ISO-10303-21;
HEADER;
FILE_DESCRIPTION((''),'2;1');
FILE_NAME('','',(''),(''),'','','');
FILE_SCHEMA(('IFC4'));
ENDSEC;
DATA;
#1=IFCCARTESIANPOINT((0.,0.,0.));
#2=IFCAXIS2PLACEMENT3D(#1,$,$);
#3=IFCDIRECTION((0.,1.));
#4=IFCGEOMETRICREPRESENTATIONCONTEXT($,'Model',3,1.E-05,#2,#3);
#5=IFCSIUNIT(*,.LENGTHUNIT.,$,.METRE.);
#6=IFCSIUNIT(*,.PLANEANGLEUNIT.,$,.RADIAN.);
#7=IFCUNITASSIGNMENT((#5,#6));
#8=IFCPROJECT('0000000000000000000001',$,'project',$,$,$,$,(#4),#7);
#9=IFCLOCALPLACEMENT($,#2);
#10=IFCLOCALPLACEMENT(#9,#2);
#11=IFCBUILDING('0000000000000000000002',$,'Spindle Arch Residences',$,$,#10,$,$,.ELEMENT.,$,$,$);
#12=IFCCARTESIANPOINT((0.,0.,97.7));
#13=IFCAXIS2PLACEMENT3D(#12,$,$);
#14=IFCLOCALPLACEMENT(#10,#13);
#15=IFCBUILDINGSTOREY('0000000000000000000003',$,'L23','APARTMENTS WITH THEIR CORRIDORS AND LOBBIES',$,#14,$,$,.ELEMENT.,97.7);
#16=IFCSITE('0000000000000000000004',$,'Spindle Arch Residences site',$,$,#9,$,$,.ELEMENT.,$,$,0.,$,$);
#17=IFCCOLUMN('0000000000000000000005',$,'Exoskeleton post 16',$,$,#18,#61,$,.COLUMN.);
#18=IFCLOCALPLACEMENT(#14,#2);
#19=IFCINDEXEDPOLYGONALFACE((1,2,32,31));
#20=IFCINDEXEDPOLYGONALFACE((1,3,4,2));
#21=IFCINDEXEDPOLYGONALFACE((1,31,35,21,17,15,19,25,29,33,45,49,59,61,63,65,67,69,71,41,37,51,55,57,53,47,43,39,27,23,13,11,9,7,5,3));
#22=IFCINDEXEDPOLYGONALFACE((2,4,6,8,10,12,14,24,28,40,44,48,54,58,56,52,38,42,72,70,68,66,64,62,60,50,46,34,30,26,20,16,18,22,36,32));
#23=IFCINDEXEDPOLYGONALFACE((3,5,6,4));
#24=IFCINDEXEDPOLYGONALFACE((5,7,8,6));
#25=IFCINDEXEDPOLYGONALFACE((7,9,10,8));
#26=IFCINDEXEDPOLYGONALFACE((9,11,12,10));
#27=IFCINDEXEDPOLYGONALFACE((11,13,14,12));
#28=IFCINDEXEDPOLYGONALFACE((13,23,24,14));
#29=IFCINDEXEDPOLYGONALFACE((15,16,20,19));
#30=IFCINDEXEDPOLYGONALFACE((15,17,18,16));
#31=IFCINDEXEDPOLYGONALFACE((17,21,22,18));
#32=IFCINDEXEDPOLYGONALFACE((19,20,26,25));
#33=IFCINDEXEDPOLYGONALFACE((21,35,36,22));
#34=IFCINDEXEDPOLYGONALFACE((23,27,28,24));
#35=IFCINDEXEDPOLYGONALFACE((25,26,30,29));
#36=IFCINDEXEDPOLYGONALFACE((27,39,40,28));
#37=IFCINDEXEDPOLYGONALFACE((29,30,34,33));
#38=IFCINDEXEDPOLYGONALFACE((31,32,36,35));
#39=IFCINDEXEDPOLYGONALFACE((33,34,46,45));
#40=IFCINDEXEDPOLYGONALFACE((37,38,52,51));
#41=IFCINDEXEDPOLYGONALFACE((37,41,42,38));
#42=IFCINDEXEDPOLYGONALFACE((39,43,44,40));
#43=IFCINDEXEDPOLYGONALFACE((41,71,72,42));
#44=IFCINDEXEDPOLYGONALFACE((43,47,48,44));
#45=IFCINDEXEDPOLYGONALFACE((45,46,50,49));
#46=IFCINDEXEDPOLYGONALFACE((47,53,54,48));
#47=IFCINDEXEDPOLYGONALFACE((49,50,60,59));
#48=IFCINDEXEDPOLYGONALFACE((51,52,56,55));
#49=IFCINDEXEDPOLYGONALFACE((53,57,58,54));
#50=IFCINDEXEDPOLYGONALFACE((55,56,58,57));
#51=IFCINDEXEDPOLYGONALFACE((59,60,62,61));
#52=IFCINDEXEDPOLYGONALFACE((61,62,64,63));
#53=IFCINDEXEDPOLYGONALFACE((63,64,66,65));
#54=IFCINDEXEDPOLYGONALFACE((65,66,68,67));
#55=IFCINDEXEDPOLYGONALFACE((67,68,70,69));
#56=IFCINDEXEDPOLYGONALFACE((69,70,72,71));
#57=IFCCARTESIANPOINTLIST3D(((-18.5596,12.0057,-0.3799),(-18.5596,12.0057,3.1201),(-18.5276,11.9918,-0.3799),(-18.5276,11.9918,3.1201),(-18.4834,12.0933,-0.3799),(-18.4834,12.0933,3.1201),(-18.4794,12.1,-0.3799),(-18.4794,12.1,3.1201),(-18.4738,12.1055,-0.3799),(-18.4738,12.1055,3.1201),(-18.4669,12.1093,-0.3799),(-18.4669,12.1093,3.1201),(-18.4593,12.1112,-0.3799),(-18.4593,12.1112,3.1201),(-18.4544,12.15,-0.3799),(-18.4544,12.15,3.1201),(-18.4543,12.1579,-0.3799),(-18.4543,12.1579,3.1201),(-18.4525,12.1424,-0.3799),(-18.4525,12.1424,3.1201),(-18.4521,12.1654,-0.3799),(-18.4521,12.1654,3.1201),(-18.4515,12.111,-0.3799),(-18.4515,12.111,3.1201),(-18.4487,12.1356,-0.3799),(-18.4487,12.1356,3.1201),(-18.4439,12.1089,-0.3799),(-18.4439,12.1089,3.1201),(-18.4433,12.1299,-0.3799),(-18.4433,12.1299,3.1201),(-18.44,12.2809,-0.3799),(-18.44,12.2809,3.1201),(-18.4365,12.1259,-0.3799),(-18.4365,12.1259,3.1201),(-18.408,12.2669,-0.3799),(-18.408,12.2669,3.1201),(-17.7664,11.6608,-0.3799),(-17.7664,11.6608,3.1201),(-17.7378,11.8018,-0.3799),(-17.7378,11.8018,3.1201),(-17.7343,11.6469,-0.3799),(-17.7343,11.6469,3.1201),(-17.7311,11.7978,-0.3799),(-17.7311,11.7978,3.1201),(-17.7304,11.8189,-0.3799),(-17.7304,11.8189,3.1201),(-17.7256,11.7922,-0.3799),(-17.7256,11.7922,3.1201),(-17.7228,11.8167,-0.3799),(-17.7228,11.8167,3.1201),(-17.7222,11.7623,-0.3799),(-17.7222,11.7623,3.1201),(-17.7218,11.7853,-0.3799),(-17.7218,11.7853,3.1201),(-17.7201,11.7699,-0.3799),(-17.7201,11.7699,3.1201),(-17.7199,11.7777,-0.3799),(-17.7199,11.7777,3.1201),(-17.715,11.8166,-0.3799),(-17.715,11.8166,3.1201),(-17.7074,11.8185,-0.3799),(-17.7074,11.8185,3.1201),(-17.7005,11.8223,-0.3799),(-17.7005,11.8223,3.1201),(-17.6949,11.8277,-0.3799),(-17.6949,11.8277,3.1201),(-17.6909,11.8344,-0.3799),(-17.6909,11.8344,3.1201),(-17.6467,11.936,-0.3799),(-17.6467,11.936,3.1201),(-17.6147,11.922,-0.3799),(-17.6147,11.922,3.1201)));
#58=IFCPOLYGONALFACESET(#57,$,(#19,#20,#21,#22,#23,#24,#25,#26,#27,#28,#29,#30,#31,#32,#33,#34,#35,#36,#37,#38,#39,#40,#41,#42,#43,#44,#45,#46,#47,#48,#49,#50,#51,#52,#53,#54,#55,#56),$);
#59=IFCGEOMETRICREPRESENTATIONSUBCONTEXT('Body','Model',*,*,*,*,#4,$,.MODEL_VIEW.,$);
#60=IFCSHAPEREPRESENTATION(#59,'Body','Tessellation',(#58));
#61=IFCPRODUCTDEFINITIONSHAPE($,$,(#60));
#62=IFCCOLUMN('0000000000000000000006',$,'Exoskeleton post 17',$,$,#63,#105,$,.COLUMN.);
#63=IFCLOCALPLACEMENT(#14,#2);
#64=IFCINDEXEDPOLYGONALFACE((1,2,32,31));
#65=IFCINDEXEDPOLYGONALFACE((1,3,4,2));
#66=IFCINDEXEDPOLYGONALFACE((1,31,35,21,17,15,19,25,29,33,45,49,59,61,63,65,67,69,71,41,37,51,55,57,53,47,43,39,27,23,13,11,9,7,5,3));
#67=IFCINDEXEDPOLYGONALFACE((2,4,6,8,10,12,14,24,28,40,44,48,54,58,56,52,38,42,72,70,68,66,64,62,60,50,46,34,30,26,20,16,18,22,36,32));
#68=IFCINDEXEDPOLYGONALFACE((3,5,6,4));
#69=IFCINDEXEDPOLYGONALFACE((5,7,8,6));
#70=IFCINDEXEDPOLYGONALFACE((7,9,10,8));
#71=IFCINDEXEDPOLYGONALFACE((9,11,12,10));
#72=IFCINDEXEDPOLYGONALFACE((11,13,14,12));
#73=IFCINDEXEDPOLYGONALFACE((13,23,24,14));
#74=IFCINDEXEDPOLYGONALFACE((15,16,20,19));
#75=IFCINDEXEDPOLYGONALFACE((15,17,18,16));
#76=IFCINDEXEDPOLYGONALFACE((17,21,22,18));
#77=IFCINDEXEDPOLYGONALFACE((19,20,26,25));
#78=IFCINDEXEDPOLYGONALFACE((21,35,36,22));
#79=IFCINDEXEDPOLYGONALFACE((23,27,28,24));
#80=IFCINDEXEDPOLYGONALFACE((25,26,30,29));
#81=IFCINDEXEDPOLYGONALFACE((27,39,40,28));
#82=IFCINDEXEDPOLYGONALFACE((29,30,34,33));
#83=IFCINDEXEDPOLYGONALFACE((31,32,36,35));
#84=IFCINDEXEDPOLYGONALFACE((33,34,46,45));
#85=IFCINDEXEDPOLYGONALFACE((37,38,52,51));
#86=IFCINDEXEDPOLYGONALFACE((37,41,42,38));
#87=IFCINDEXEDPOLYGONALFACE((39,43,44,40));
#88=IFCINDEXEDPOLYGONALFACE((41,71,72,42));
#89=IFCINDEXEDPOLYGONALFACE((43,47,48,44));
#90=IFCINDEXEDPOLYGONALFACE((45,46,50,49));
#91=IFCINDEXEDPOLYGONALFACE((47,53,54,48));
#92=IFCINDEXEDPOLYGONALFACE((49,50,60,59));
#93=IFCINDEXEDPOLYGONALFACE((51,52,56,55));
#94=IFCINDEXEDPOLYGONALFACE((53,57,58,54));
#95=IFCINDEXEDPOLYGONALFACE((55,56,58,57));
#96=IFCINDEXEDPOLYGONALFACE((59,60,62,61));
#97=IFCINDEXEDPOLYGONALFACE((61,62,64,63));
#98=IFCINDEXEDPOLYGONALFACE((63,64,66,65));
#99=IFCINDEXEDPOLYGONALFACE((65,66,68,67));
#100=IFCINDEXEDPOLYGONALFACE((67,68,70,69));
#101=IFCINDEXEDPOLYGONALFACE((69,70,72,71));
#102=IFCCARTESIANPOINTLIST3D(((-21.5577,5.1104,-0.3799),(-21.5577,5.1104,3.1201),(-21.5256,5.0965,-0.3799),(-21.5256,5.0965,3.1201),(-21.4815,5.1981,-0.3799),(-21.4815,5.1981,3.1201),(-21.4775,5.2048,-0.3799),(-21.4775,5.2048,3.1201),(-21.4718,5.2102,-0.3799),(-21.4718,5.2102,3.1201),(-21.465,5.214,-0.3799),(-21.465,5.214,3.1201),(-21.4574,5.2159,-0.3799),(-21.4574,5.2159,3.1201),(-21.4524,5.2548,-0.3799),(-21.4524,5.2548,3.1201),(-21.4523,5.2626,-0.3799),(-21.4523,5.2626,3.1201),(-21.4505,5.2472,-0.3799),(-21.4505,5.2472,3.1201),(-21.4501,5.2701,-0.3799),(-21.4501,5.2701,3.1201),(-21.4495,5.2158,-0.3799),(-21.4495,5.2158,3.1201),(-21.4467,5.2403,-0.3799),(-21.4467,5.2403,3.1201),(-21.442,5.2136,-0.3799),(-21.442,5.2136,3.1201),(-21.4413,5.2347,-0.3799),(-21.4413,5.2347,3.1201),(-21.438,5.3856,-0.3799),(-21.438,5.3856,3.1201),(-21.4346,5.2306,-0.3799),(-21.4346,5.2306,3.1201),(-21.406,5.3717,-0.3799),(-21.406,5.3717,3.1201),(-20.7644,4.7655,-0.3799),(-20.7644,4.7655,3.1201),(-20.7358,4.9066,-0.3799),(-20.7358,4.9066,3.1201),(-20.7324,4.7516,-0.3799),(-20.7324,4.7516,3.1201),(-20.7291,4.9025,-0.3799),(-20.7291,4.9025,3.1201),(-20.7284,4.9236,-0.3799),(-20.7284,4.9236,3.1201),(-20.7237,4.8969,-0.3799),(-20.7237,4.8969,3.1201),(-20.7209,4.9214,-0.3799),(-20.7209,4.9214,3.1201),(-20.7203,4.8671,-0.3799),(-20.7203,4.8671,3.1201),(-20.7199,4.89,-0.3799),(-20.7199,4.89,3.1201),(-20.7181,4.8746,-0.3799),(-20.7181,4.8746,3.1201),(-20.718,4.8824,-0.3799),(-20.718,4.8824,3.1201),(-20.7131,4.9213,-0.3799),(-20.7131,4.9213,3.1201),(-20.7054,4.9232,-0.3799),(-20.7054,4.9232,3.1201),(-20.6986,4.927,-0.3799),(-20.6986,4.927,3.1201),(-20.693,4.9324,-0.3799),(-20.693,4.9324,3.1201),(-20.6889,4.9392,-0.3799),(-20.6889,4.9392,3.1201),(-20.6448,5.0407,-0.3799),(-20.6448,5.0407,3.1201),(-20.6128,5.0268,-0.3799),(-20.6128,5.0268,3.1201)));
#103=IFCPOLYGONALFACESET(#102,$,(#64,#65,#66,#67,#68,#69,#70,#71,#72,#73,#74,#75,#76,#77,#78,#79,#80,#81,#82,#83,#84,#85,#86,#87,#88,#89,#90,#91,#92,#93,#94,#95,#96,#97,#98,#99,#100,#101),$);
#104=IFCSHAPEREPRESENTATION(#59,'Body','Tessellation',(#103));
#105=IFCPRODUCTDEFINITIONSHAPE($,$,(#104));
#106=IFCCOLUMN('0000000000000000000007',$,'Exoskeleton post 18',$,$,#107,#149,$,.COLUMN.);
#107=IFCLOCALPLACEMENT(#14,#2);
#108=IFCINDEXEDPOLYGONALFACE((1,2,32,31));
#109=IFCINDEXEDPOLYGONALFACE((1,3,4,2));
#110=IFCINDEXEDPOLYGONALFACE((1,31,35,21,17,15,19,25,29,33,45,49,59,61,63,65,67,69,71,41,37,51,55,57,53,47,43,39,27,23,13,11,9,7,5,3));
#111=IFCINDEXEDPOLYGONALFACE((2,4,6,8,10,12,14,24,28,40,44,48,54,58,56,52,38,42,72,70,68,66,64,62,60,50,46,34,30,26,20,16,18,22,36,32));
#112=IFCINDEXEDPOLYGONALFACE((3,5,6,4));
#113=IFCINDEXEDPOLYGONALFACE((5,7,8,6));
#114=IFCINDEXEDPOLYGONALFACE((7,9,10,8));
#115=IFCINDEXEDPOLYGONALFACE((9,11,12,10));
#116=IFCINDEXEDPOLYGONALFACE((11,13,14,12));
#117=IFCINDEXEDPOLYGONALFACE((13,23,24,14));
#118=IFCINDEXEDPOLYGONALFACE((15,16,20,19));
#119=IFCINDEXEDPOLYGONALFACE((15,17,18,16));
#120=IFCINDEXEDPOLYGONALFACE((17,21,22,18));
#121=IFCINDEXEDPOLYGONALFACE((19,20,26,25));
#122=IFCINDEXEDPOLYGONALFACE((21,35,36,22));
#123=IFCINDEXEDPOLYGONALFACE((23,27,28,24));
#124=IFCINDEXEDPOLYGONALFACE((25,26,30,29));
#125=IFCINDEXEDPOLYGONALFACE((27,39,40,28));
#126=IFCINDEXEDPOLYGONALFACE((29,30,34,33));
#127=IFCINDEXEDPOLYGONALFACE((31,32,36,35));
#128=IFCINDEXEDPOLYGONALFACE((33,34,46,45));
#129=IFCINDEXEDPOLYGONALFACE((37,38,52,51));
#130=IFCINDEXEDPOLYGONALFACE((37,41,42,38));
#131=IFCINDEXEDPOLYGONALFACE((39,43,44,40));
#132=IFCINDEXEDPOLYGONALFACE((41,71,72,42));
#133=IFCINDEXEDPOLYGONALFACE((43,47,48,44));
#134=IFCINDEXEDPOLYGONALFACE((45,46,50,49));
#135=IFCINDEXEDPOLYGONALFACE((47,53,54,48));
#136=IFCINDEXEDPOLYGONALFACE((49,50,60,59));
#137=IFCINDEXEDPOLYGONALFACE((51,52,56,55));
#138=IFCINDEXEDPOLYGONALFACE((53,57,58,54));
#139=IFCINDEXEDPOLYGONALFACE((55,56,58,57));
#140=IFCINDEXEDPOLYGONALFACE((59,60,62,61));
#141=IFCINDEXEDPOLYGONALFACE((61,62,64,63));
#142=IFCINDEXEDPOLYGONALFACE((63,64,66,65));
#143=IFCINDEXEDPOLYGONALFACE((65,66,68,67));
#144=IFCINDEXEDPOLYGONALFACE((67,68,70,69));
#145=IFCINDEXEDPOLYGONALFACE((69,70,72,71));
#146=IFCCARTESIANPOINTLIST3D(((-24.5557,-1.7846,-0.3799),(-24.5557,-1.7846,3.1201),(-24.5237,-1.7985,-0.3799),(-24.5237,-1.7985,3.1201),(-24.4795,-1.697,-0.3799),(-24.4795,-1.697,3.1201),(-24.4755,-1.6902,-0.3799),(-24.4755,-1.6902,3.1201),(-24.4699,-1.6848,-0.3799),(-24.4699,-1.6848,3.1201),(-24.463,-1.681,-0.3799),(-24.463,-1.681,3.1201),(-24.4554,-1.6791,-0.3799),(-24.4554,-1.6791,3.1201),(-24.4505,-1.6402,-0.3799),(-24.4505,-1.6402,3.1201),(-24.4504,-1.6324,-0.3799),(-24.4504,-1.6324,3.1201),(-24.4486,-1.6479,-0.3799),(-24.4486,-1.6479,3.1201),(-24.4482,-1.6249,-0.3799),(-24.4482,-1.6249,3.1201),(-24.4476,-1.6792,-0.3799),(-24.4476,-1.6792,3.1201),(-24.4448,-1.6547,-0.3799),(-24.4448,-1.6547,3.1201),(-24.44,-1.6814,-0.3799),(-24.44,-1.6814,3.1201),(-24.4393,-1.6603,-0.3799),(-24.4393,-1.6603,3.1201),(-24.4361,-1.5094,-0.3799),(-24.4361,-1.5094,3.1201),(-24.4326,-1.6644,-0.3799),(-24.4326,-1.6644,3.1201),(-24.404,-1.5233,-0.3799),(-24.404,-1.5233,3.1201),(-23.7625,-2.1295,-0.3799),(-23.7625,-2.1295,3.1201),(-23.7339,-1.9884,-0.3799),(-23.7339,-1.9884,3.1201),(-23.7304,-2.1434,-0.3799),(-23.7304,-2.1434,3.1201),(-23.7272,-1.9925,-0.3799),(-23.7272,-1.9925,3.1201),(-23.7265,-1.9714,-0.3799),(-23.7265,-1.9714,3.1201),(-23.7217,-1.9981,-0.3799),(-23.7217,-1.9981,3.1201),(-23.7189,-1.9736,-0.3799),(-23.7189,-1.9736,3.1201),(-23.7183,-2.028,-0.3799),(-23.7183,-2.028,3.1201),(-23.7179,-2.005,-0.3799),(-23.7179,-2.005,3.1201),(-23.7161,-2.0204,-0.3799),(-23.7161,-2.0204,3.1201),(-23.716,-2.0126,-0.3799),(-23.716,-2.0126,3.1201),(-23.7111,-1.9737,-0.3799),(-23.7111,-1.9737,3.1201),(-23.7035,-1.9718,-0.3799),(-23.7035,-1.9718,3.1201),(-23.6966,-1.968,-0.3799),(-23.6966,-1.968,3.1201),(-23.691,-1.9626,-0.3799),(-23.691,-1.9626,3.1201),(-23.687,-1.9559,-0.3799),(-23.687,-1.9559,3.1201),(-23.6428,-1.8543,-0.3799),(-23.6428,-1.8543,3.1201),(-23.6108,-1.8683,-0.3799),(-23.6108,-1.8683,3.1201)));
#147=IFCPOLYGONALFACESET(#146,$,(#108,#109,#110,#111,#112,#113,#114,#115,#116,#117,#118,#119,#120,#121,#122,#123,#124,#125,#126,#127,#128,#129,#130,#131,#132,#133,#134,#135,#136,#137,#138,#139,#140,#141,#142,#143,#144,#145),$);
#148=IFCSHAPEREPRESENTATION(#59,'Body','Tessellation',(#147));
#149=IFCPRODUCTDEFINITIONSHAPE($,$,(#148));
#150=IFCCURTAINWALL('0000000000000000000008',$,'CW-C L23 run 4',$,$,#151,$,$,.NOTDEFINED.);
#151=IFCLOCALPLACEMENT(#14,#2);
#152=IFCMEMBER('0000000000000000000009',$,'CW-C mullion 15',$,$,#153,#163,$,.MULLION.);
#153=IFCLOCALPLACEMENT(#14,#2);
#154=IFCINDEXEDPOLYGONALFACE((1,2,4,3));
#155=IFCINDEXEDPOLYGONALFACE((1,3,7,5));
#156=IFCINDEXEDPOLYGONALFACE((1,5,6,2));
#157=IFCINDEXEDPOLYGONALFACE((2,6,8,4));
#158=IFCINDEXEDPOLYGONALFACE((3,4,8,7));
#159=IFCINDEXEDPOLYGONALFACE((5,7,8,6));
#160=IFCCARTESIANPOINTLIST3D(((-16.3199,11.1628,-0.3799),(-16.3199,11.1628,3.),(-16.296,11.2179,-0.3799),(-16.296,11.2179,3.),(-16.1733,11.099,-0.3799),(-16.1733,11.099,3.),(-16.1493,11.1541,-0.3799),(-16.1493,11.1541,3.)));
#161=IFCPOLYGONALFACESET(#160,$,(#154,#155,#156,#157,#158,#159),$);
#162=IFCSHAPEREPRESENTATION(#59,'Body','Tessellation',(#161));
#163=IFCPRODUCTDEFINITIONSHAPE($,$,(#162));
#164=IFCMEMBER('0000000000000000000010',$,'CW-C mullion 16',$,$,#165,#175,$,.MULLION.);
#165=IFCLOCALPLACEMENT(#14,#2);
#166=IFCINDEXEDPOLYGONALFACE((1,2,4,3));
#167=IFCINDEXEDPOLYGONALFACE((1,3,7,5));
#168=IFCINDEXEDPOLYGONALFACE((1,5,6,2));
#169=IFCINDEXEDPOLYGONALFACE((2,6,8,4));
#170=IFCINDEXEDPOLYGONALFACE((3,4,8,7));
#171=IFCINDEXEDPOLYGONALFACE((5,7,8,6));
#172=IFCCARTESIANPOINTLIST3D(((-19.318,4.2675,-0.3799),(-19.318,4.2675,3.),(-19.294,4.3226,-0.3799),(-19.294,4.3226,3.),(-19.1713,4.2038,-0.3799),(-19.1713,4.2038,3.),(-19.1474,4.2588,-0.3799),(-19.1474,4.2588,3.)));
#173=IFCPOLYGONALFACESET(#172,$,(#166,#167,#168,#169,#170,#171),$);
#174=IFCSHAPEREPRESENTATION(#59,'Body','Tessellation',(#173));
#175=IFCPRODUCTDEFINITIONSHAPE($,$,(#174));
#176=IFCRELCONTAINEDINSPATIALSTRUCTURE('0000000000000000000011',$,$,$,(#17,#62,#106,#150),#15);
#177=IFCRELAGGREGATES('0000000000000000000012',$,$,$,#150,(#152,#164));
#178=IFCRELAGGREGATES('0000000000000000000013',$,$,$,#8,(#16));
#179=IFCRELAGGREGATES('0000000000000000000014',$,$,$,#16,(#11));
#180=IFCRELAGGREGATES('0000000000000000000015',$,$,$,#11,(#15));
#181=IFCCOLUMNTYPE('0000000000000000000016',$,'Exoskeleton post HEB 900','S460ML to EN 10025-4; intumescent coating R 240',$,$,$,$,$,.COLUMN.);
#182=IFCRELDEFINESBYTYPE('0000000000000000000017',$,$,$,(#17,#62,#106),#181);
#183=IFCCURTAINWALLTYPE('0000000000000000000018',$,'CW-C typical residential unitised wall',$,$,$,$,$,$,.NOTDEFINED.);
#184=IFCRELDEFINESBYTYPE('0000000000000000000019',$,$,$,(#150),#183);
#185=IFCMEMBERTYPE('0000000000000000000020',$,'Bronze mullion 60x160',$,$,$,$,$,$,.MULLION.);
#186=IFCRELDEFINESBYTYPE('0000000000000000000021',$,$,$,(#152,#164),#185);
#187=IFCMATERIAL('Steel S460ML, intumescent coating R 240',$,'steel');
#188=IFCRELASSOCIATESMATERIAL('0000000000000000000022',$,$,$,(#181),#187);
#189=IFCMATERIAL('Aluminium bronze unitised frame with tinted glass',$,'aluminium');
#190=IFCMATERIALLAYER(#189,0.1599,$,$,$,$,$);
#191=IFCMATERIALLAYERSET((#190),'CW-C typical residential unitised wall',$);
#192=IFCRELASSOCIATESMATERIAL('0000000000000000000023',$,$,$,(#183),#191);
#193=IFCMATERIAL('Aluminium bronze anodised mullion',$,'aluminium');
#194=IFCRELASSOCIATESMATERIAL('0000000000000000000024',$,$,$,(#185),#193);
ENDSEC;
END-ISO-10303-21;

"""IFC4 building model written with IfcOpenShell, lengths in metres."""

from ifc_helpers import new_model, si_unit, direction, frame, origin, origin_2d, place, context, subcontext, project, spatial, rectangle, i_section, extrude, material, layer, layer_set, material_profile, profile_set, type_object, element, aggregate, save


model = new_model("IFC4")

# Units and contexts
model_context = context("Model", 3, precision=1e-05, world=origin(), true_north=direction((0.0, 1.0)))
body_context = subcontext(model_context, "Body", "Model", "MODEL_VIEW")
ifc_project = project(units=[si_unit("LENGTHUNIT", "METRE"), si_unit("PLANEANGLEUNIT", "RADIAN")], contexts=[model_context])

# Site, building, storey
site_placement = place(None, origin())
site = spatial("IfcSite", under=ifc_project, at=site_placement, Name="Spindle Arch Residences site", CompositionType="ELEMENT", RefElevation=0.0)
building_placement = place(site_placement, origin())
building = spatial("IfcBuilding", under=site, at=building_placement, Name="Spindle Arch Residences", CompositionType="ELEMENT")
storey_placement = place(building_placement, frame((0.0, 0.0, 97.7)))
storey = spatial("IfcBuildingStorey", under=building, at=storey_placement, Name="L23", Description="APARTMENTS WITH THEIR CORRIDORS AND LOBBIES", CompositionType="ELEMENT", Elevation=97.7)

# Columns
ifc_material_1 = material(Name="Steel S460ML, intumescent coating R 240", Category="steel")
ifc_material_profile_1 = material_profile(ifc_material_1, i_section(OverallWidth=0.3, OverallDepth=0.8999, WebThickness=0.0186, FlangeThickness=0.0349, FilletRadius=0.03, at=origin_2d()), Name="HEB 900")
ifc_profile_set_1 = profile_set([ifc_material_profile_1], Name="Steel S460ML, intumescent coating R 240")
column_type = type_object("IfcColumnType", Name="Exoskeleton post HEB 900", Description="S460ML to EN 10025-4; intumescent coating R 240", PredefinedType="COLUMN", material=ifc_profile_set_1)
for number, where, z_axis, x_axis, name in (
    (1, (-18.0872, 11.9639, -0.3799), (0.0, 0.0, 1.0), (0.398749, 0.91706, 0.0), "Exoskeleton post 16"),
    (2, (-21.0852, 5.0686, -0.3799), (0.0, 0.0, 1.0), (0.398749, 0.91706, 0.0), "Exoskeleton post 17"),
    (3, (-24.0833, -1.8264, -0.3799), (0.0, 0.0, 1.0), (0.398749, 0.91706, 0.0), "Exoskeleton post 18"),
):
    element("IfcColumn", number, at=place(storey_placement, frame(where, z_axis=z_axis, x_axis=x_axis)), inside=storey, type_object=column_type, Name=name, PredefinedType="COLUMN", context=body_context, shape_type="SweptSolid", body=[
        extrude(i_section(OverallWidth=0.3, OverallDepth=0.8999, WebThickness=0.0186, FlangeThickness=0.0349, FilletRadius=0.03, at=origin_2d()), origin(), (0.0, 0.0, 1.0), 3.5),
    ])

# Curtain wall, members
ifc_material_2 = material(Name="Aluminium bronze unitised frame with tinted glass", Category="aluminium")
ifc_layer_1 = layer(ifc_material_2, 0.1599)
ifc_layer_set_1 = layer_set([ifc_layer_1], Name="CW-C typical residential unitised wall")
curtain_wall_type = type_object("IfcCurtainWallType", Name="CW-C typical residential unitised wall", PredefinedType="NOTDEFINED", material=ifc_layer_set_1)
curtain_wall_placement = place(storey_placement, origin())
curtain_wall = element("IfcCurtainWall", 4, at=curtain_wall_placement, inside=storey, type_object=curtain_wall_type, Name="CW-C L23 run 4", PredefinedType="NOTDEFINED")
ifc_material_3 = material(Name="Aluminium bronze anodised mullion", Category="aluminium")
ifc_material_profile_2 = material_profile(ifc_material_3, rectangle(XDim=0.1599, YDim=0.0601, at=origin_2d()), Name="MU 60x160")
ifc_profile_set_2 = profile_set([ifc_material_profile_2], Name="Aluminium bronze anodised mullion")
member_type = type_object("IfcMemberType", Name="Bronze mullion 60x160", PredefinedType="MULLION", material=ifc_profile_set_2)
member_1_placement = place(storey_placement, frame((-16.2346, 11.1584, -0.3799), z_axis=(0.0, 0.0, 1.0), x_axis=(0.91706, -0.398749, 0.0)))
member_1 = element("IfcMember", 5, at=member_1_placement, type_object=member_type, Name="CW-C mullion 15", PredefinedType="MULLION", context=body_context, shape_type="SweptSolid", body=[
    extrude(rectangle(XDim=0.1599, YDim=0.0601, at=origin_2d()), origin(), (0.0, 0.0, 1.0), 3.3799),
])
member_2_placement = place(storey_placement, frame((-19.2327, 4.2632, -0.3799), z_axis=(0.0, 0.0, 1.0), x_axis=(0.91706, -0.398749, 0.0)))
member_2 = element("IfcMember", 6, at=member_2_placement, type_object=member_type, Name="CW-C mullion 16", PredefinedType="MULLION", context=body_context, shape_type="SweptSolid", body=[
    extrude(rectangle(XDim=0.1599, YDim=0.0601, at=origin_2d()), origin(), (0.0, 0.0, 1.0), 3.3799),
])

aggregate(curtain_wall, [member_1, member_2])

save(model, "model.ifc")
